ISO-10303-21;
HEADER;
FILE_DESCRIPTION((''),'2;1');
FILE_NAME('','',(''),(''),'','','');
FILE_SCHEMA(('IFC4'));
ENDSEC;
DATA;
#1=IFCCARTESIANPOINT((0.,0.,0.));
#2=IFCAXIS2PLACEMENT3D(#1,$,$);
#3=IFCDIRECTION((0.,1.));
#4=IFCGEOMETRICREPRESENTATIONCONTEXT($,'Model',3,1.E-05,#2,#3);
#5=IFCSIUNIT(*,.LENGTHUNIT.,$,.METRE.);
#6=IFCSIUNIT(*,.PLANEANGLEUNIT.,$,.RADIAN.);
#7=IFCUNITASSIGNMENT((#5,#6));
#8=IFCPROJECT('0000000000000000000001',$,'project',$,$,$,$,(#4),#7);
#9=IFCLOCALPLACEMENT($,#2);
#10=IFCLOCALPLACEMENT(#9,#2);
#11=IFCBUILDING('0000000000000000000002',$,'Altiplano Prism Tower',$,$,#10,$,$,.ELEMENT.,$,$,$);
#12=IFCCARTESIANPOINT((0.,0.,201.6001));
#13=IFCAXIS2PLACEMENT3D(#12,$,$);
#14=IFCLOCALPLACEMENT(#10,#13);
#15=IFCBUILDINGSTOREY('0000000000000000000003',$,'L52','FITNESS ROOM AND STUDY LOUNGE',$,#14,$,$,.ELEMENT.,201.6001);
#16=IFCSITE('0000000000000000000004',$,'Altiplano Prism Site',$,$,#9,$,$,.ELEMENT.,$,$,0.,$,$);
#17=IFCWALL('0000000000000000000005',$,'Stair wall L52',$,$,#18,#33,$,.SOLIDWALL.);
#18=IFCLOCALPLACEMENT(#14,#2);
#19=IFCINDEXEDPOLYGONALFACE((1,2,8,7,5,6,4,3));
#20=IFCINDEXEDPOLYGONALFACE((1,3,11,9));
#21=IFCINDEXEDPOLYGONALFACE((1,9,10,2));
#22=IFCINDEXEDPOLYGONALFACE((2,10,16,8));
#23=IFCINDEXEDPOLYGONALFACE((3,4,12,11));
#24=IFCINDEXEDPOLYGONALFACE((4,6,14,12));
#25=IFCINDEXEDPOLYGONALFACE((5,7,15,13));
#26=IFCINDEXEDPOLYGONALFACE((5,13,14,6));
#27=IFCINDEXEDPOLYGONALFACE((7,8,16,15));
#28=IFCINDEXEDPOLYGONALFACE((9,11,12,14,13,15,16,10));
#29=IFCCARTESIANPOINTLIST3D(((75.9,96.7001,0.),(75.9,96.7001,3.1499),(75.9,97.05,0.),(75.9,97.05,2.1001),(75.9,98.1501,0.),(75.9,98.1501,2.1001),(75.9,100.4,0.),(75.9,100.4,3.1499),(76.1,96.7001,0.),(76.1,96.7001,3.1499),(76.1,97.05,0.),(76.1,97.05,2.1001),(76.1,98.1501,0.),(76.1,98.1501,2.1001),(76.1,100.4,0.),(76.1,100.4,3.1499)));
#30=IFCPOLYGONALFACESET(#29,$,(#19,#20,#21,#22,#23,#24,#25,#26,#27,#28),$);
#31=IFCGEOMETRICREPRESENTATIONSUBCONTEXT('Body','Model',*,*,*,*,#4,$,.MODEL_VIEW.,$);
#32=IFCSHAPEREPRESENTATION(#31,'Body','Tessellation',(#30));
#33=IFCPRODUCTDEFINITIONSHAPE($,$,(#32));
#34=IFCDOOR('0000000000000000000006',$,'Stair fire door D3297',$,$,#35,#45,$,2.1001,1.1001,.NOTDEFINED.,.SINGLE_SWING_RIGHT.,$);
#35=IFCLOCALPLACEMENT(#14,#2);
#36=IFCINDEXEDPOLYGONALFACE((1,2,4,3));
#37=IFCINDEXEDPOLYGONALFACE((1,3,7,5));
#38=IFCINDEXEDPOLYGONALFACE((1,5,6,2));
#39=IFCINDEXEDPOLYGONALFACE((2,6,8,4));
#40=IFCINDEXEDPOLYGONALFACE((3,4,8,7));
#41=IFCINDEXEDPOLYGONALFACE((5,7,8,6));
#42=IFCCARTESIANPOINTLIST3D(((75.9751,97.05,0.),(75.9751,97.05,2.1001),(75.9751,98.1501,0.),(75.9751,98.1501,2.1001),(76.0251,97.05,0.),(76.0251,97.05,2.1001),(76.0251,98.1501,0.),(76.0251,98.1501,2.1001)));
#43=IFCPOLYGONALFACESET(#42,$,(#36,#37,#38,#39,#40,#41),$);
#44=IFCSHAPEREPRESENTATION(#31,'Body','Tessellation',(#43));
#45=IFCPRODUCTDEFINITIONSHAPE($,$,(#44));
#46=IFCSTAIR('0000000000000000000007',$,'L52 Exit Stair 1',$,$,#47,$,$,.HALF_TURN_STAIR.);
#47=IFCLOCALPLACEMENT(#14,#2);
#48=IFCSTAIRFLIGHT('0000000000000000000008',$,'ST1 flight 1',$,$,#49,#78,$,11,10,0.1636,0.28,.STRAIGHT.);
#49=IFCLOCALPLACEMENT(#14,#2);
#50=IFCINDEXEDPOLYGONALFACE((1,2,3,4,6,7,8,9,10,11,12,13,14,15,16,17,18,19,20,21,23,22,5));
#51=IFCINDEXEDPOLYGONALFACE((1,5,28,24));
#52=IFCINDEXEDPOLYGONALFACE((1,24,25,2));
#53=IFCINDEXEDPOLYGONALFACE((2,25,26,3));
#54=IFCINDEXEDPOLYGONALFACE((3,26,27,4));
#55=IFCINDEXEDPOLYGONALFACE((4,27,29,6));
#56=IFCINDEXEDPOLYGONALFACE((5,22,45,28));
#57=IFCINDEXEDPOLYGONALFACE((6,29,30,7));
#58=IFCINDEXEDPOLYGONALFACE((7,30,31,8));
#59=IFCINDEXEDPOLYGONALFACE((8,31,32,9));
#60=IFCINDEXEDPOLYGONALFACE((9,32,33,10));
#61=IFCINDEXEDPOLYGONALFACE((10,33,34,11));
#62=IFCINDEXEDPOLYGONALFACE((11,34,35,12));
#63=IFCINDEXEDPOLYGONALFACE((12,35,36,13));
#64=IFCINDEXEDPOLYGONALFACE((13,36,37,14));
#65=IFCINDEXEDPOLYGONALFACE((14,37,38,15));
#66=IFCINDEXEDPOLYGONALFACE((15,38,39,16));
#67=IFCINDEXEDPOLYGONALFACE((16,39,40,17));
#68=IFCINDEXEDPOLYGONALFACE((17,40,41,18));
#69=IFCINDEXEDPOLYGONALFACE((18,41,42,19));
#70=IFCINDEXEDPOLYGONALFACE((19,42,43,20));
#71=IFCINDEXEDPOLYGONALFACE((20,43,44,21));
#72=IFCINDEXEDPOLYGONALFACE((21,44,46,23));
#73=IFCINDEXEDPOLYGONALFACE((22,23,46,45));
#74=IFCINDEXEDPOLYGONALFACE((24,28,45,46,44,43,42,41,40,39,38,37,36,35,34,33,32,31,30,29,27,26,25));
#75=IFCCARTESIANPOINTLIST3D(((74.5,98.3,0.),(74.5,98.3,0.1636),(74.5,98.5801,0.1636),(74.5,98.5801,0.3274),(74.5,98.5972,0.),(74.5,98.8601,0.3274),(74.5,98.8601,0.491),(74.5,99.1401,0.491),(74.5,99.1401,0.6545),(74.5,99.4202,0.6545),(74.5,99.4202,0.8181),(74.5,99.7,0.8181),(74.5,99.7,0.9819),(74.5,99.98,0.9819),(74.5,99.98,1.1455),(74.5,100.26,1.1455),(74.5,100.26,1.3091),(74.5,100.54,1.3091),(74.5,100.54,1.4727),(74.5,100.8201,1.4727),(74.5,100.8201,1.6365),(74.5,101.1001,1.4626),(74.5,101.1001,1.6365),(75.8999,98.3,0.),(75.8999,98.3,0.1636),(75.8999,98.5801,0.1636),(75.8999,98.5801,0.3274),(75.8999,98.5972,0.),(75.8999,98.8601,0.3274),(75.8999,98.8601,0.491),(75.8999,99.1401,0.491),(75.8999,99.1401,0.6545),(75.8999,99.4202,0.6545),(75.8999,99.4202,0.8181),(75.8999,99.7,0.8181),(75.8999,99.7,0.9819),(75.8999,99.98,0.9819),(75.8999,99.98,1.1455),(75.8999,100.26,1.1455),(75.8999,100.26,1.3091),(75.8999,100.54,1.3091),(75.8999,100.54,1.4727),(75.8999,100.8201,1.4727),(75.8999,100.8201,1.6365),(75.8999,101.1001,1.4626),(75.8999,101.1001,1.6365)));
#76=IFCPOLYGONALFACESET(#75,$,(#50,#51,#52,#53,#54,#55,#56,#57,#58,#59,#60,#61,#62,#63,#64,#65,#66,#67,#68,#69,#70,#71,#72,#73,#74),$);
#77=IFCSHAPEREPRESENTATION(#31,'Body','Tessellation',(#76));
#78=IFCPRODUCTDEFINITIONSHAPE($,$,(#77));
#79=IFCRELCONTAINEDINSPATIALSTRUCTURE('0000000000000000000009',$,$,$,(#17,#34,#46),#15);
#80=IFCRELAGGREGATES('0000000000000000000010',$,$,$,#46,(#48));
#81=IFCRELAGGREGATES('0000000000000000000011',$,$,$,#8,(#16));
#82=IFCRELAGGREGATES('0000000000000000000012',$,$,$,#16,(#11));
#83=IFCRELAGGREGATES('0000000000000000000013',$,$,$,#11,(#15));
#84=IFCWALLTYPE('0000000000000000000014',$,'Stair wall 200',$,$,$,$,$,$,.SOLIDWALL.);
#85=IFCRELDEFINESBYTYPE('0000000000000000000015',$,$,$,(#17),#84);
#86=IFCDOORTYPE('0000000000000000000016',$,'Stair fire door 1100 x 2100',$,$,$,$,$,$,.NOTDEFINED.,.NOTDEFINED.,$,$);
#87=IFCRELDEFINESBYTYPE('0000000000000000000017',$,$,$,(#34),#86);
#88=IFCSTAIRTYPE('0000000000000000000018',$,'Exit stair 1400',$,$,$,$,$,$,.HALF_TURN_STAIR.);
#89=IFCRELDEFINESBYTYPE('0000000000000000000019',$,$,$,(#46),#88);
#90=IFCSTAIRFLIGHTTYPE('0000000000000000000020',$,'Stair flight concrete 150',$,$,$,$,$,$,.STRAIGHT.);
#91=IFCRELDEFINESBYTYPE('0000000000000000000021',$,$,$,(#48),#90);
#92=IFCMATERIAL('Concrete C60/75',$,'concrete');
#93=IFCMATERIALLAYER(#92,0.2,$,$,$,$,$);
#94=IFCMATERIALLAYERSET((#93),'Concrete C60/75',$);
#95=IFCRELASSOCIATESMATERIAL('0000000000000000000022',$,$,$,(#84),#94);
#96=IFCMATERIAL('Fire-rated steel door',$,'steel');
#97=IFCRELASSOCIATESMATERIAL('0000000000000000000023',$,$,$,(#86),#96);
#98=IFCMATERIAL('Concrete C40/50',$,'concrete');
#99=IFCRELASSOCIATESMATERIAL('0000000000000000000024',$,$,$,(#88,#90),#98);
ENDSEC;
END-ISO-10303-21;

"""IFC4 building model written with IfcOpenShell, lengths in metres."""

from ifc_helpers import new_model, si_unit, direction, frame, frame_2d, origin, place, context, subcontext, project, spatial, polyline, rectangle, outline, extrude, material, layer, layer_set, type_object, element, fill, aggregate, save


model = new_model("IFC4")

# Units and contexts
model_context = context("Model", 3, precision=1e-05, world=origin(), true_north=direction((0.0, 1.0)))
body_context = subcontext(model_context, "Body", "Model", "MODEL_VIEW")
ifc_project = project(units=[si_unit("LENGTHUNIT", "METRE"), si_unit("PLANEANGLEUNIT", "RADIAN")], contexts=[model_context])

# Site, building, storey
site_placement = place(None, origin())
site = spatial("IfcSite", under=ifc_project, at=site_placement, Name="Altiplano Prism Site", CompositionType="ELEMENT", RefElevation=0.0)
building_placement = place(site_placement, origin())
building = spatial("IfcBuilding", under=site, at=building_placement, Name="Altiplano Prism Tower", CompositionType="ELEMENT")
storey_placement = place(building_placement, frame((0.0, 0.0, 201.6001)))
storey = spatial("IfcBuildingStorey", under=building, at=storey_placement, Name="L52", Description="FITNESS ROOM AND STUDY LOUNGE", CompositionType="ELEMENT", Elevation=201.6001)

# Shared definitions
ifc_material_1 = material(Name="Concrete C60/75", Category="concrete")
ifc_material_2 = material(Name="Fire-rated steel door", Category="steel")

# Shared definitions
ifc_layer_1 = layer(ifc_material_1, 0.2)
ifc_layer_set_1 = layer_set([ifc_layer_1], Name="Concrete C60/75")
wall_type_1 = type_object("IfcWallType", Name="Stair wall 200", PredefinedType="SOLIDWALL", material=ifc_layer_set_1)

# Wall, opening, door
wall_1_placement = place(storey_placement, frame((76.0, 96.7, 0.0), z_axis=(0.0, 0.0, 1.0), x_axis=(0.0, 1.0, 0.0)))
wall_1 = element("IfcWall", 1, at=wall_1_placement, inside=storey, type_object=wall_type_1, Name="Stair wall L52", PredefinedType="SOLIDWALL", context=body_context, shape_type="SweptSolid", body=[
    extrude(rectangle(XDim=3.7, YDim=0.2, at=frame_2d((1.8501, 0.0))), origin(), (0.0, 0.0, 1.0), 3.1499),
])
opening_1_placement = place(wall_1_placement, frame((0.3501, 0.0, 0.0)))
opening_1 = element("IfcOpeningElement", 2, at=opening_1_placement, cuts=wall_1, PredefinedType="OPENING", context=body_context, shape_type="SweptSolid", body=[
    extrude(rectangle(XDim=1.1001, YDim=2.1001, at=frame_2d((0.55, 1.05))), frame((0.0, 0.1104, 0.0), z_axis=(0.0, -1.0, 0.0), x_axis=(1.0, 0.0, 0.0)), (0.0, 0.0, 1.0), 0.2209),
])
door_type_1 = type_object("IfcDoorType", Name="Stair fire door 1100 x 2100", OperationType="NOTDEFINED", PredefinedType="NOTDEFINED", material=ifc_material_2)
door_1_placement = place(opening_1_placement, origin())
door_1 = element("IfcDoor", 3, at=door_1_placement, inside=storey, type_object=door_type_1, Name="Stair fire door D3297", OperationType="SINGLE_SWING_RIGHT", OverallHeight=2.1001, OverallWidth=1.1001, PredefinedType="NOTDEFINED", context=body_context, shape_type="SweptSolid", body=[
    extrude(rectangle(XDim=1.1001, YDim=2.1001, at=frame_2d((0.55, 1.05))), frame((0.0, 0.0249, 0.0), z_axis=(0.0, -1.0, 0.0), x_axis=(1.0, 0.0, 0.0)), (0.0, 0.0, 1.0), 0.05),
])
fill(opening_1, door_1)

# Stair, stair flight
ifc_material_3 = material(Name="Concrete C40/50", Category="concrete")
stair_type = type_object("IfcStairType", Name="Exit stair 1400", PredefinedType="HALF_TURN_STAIR", material=ifc_material_3)
stair_placement = place(storey_placement, origin())
stair = element("IfcStair", 4, at=stair_placement, inside=storey, type_object=stair_type, Name="L52 Exit Stair 1", PredefinedType="HALF_TURN_STAIR")
stair_flight_type = type_object("IfcStairFlightType", Name="Stair flight concrete 150", PredefinedType="STRAIGHT", material=ifc_material_3)
stair_flight_placement = place(storey_placement, frame((75.2, 98.3, 0.0), z_axis=(0.0, 0.0, 1.0), x_axis=(0.0, 1.0, 0.0)))
stair_flight = element("IfcStairFlight", 5, at=stair_flight_placement, type_object=stair_flight_type, Name="ST1 flight 1", NumberOfRisers=11, NumberOfTreads=10, PredefinedType="STRAIGHT", RiserHeight=0.1636, TreadLength=0.28, context=body_context, shape_type="SweptSolid", body=[
    extrude(outline(polyline([(0.0, 0.0), (0.0, 0.1636), (0.28, 0.1636), (0.28, 0.3274), (0.5601, 0.3274), (0.5601, 0.491), (0.8401, 0.491), (0.8401, 0.6545), (1.1201, 0.6545), (1.1201, 0.8181), (1.3999, 0.8181), (1.3999, 0.9819), (1.6799, 0.9819), (1.6799, 1.1455), (1.96, 1.1455), (1.96, 1.3091), (2.24, 1.3091), (2.24, 1.4727), (2.52, 1.4727), (2.52, 1.6365), (2.8, 1.6365), (2.8, 1.8), (2.8, 1.4626), (0.2971, 0.0), (0.0, 0.0)])), frame((0.0, 0.7, 0.0), z_axis=(0.0, -1.0, 0.0), x_axis=(1.0, 0.0, 0.0)), (0.0, 0.0, 1.0), 1.3999),
])
aggregate(stair, [stair_flight])

save(model, "model.ifc")
